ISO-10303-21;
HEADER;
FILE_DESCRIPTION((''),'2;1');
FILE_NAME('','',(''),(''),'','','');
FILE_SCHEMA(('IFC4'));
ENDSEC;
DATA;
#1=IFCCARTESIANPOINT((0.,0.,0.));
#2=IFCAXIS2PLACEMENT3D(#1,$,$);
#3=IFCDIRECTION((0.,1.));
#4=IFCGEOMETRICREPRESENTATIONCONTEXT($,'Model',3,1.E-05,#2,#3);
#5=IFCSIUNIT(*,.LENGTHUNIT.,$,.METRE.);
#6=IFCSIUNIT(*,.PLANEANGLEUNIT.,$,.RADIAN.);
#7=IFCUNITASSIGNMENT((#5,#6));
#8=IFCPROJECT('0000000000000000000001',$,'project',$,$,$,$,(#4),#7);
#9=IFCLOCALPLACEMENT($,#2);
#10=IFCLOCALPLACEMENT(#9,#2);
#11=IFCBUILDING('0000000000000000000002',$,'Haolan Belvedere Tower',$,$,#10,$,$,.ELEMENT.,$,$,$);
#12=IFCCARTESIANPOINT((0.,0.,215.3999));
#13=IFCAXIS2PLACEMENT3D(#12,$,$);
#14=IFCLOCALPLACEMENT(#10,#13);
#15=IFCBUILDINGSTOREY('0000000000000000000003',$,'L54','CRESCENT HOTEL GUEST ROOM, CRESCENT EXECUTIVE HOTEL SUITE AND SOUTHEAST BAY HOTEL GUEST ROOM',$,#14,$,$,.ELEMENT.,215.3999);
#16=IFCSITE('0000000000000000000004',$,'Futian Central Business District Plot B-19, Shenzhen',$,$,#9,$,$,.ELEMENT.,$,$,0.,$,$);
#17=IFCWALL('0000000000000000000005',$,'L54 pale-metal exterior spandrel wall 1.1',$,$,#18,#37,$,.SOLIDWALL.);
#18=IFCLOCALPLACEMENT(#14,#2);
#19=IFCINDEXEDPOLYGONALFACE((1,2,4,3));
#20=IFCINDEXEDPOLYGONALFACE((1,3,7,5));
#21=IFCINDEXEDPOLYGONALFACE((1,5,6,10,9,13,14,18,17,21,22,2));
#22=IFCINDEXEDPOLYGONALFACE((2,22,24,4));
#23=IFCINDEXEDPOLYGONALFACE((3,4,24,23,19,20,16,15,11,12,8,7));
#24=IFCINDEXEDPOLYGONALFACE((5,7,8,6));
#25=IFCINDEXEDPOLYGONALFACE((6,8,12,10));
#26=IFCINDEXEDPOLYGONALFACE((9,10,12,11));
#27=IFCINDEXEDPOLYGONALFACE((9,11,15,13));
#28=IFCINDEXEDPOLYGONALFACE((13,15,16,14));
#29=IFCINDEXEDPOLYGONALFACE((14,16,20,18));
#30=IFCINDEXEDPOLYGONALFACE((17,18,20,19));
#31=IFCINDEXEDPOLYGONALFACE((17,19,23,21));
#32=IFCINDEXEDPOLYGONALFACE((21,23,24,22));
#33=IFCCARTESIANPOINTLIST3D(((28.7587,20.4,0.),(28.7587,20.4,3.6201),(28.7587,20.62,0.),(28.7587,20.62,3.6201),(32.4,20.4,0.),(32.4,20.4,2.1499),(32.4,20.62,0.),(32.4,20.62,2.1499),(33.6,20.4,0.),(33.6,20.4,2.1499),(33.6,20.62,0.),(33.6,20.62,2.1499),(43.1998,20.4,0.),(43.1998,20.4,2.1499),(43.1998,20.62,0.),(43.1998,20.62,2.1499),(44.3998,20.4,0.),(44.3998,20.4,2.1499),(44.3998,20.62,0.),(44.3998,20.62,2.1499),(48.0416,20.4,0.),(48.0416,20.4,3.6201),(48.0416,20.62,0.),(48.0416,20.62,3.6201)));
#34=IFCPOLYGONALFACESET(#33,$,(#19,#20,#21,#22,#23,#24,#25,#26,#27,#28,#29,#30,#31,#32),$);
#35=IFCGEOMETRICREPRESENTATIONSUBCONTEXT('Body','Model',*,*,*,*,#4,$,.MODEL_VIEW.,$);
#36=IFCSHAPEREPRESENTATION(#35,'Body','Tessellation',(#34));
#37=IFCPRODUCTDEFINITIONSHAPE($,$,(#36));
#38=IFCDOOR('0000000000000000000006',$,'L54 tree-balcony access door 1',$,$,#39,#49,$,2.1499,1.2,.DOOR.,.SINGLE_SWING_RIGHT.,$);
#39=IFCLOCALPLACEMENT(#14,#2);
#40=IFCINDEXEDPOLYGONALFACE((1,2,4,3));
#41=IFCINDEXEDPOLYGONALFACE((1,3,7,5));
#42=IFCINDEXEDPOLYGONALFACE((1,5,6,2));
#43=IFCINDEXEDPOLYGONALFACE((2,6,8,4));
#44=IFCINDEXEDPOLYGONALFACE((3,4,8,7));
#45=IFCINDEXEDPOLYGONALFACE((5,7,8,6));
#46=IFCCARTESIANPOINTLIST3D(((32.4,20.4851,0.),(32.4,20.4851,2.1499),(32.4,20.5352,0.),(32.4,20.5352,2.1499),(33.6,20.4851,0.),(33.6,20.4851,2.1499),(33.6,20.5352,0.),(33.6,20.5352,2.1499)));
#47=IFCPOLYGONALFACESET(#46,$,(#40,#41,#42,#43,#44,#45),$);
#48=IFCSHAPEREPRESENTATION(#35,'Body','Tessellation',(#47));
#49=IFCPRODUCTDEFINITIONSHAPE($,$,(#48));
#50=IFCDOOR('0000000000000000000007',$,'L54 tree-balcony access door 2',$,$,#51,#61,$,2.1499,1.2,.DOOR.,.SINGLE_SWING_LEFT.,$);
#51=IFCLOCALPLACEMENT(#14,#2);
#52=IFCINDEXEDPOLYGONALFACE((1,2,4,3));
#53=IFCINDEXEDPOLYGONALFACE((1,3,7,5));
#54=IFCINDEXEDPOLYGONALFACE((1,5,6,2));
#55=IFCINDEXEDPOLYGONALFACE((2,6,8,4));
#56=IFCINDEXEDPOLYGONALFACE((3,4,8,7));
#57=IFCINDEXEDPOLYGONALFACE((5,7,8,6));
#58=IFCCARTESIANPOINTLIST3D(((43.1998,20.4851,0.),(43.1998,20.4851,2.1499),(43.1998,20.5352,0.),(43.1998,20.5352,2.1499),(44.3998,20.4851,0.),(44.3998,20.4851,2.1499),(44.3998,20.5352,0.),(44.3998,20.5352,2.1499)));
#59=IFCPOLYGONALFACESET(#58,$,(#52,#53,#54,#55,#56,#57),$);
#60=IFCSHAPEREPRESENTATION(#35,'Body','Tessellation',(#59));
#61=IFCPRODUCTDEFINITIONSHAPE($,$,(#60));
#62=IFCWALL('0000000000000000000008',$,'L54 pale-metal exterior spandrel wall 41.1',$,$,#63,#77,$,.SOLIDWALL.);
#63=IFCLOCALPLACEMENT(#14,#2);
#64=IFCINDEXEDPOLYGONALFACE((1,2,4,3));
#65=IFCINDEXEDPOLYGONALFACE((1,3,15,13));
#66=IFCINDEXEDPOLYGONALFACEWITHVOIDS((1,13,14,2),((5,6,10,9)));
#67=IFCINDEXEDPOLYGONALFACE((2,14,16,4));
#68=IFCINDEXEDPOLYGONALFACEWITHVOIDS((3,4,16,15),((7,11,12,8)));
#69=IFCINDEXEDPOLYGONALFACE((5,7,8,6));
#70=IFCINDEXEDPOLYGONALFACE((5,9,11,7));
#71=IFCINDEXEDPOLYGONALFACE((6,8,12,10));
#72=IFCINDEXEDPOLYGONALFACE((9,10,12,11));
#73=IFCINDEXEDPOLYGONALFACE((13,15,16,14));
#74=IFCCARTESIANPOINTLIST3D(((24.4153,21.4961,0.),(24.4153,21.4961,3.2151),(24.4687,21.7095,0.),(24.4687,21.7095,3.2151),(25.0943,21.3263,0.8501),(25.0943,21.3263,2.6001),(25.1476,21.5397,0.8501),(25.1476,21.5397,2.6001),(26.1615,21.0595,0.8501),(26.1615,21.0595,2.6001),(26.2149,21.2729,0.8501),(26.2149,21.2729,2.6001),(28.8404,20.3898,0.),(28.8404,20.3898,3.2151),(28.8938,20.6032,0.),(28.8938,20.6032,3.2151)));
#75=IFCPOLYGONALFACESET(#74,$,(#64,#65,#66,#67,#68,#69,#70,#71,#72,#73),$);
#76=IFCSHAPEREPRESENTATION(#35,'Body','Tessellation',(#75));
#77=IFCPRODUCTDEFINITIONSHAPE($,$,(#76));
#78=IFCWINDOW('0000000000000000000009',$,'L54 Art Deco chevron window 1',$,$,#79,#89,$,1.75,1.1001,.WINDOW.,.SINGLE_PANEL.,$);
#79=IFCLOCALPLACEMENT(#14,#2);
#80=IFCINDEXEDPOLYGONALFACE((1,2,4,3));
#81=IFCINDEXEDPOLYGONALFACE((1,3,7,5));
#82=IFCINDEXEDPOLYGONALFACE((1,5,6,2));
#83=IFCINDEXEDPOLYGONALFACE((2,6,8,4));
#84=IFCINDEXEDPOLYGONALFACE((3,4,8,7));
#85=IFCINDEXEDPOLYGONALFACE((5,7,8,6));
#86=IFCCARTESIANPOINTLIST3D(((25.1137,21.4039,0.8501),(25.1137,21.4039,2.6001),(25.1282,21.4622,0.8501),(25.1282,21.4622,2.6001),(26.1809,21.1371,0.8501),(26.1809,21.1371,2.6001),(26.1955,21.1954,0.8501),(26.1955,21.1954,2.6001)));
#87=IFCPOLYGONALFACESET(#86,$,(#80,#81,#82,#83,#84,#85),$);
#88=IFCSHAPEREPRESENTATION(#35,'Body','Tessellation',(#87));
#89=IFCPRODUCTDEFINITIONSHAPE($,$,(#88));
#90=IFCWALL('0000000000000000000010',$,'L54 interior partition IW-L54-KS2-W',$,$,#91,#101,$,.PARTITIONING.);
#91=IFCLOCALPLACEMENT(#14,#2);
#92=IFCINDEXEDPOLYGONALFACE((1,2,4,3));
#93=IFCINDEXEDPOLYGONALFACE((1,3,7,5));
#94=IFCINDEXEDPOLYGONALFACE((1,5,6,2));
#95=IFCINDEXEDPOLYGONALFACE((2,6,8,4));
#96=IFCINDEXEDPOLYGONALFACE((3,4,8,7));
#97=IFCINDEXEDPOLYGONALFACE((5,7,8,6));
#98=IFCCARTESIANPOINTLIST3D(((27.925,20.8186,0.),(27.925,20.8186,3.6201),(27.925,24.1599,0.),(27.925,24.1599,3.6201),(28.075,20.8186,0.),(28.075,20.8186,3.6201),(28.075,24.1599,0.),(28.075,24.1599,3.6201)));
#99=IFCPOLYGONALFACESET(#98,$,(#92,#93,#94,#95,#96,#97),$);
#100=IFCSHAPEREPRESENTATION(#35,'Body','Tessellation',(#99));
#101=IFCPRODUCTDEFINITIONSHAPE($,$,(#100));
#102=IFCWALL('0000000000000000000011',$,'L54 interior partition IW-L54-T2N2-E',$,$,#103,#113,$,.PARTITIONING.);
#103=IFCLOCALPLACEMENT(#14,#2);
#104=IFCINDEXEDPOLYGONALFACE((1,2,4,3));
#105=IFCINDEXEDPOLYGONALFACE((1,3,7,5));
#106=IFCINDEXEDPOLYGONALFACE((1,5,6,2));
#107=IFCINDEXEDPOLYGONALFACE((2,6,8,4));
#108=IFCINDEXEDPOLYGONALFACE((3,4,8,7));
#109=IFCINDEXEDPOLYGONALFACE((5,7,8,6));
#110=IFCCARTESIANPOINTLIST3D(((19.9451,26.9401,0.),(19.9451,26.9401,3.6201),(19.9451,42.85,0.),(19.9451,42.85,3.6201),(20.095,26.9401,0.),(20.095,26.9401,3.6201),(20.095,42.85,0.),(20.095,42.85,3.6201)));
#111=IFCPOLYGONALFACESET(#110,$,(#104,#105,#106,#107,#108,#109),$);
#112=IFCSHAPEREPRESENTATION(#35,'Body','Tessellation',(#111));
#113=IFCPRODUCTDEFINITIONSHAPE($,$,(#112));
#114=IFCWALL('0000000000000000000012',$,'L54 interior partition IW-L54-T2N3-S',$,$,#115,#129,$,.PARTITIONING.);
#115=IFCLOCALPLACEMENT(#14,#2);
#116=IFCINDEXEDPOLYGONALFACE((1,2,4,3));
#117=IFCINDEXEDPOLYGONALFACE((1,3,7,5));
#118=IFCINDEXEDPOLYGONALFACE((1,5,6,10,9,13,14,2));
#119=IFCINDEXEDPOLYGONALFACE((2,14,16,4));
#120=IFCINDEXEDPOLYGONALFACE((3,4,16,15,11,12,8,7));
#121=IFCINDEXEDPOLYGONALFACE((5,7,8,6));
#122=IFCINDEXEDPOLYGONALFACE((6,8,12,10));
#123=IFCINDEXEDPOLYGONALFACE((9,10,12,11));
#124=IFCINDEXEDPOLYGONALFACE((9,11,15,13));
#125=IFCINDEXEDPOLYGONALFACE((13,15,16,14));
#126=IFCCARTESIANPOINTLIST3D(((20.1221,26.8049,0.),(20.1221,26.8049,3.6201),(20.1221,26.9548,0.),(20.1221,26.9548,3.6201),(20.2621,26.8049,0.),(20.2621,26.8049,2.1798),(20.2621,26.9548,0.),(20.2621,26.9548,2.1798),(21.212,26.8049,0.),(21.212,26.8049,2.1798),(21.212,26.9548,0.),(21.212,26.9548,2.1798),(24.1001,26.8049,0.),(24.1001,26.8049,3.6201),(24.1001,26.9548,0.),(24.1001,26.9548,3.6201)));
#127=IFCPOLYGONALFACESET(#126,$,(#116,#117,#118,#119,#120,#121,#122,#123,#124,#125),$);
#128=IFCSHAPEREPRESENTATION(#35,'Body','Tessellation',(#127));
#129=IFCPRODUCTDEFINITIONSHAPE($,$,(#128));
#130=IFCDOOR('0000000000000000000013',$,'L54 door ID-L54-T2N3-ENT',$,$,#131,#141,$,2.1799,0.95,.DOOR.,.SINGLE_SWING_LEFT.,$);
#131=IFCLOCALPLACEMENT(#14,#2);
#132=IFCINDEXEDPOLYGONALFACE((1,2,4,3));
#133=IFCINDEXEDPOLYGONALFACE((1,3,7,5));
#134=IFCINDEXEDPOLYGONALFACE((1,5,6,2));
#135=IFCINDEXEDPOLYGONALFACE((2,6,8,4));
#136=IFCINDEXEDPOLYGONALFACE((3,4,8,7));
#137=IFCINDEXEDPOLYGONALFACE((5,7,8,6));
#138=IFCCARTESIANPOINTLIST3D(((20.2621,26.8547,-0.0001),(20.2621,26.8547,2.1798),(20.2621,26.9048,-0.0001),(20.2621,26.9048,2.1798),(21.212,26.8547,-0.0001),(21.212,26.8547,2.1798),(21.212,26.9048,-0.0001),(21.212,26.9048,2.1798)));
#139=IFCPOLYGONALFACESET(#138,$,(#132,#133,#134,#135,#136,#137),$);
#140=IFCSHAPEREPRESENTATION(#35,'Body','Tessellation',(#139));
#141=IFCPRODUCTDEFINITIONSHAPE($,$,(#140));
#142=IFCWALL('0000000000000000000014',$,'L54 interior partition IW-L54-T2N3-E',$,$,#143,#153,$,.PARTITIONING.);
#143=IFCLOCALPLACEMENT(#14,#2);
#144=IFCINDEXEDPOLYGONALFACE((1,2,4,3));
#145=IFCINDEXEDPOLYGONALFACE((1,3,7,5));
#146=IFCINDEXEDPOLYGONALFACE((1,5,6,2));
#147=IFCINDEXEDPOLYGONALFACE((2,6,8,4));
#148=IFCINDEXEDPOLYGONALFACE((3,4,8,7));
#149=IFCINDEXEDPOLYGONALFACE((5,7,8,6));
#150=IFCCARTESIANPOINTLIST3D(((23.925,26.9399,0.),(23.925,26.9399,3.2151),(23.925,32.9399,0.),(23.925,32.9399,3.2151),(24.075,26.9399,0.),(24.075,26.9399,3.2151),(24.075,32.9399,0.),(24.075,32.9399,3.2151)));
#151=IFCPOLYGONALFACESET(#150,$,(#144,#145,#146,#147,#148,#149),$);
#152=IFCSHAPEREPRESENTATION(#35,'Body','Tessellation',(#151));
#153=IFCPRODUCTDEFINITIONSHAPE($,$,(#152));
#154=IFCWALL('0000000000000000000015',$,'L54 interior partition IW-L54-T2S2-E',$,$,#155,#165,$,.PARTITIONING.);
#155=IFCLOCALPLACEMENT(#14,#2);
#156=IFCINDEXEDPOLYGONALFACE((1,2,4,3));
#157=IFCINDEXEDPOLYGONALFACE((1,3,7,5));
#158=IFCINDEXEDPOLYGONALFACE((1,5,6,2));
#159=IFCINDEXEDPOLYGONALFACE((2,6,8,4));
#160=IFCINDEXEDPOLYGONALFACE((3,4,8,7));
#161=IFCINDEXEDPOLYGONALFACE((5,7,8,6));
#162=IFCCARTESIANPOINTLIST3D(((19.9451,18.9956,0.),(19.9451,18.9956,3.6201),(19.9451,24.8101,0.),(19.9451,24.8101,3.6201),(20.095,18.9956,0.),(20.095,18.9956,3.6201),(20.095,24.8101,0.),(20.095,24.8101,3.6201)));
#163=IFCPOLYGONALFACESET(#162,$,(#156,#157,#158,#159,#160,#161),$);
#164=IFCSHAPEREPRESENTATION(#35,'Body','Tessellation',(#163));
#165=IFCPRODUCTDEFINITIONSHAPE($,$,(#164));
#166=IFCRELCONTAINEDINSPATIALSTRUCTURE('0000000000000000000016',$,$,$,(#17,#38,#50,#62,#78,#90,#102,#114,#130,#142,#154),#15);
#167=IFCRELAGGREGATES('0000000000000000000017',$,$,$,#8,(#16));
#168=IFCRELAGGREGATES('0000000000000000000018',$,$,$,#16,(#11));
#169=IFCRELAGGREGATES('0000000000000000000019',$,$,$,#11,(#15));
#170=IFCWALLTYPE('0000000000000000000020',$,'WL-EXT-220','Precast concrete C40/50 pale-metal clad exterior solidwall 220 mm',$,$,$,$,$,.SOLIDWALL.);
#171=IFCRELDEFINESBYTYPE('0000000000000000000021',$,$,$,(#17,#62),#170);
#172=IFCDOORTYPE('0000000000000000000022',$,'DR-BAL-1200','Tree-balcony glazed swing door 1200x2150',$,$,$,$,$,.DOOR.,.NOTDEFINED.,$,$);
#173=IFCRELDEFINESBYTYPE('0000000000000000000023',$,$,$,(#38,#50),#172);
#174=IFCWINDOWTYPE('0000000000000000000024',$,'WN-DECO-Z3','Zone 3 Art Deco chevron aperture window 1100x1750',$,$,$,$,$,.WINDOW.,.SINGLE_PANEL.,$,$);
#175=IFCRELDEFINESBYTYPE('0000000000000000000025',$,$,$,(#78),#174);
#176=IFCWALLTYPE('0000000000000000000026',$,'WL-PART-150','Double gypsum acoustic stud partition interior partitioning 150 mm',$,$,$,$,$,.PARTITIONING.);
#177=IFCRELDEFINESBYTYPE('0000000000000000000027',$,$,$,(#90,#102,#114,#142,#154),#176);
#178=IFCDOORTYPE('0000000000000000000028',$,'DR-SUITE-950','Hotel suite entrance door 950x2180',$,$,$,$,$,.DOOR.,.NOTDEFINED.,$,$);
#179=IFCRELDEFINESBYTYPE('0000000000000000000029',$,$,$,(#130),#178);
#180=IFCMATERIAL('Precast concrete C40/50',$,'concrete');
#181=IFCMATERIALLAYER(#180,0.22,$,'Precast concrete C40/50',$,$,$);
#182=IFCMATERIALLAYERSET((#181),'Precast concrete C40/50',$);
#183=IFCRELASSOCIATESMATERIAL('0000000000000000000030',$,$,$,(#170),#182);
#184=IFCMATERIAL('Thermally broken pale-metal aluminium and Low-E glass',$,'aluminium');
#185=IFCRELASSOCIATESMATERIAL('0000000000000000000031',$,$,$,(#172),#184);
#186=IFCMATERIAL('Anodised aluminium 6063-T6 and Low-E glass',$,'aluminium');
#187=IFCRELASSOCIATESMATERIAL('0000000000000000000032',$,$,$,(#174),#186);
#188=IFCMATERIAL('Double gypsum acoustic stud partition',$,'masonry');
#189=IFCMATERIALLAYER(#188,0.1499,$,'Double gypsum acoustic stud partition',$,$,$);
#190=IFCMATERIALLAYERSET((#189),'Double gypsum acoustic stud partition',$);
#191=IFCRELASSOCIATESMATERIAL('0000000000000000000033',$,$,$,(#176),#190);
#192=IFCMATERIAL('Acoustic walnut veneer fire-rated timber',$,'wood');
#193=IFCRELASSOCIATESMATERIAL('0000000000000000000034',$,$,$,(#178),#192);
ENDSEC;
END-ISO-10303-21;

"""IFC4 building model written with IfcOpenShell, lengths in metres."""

from ifc_helpers import new_model, si_unit, direction, frame, frame_2d, origin, place, context, subcontext, project, spatial, rectangle, extrude, material, layer, layer_set, type_object, element, fill, save


model = new_model("IFC4")

# Units and contexts
model_context = context("Model", 3, precision=1e-05, world=origin(), true_north=direction((0.0, 1.0)))
body_context = subcontext(model_context, "Body", "Model", "MODEL_VIEW")
ifc_project = project(units=[si_unit("LENGTHUNIT", "METRE"), si_unit("PLANEANGLEUNIT", "RADIAN")], contexts=[model_context])

# Site, building, storey
site_placement = place(None, origin())
site = spatial("IfcSite", under=ifc_project, at=site_placement, Name="Futian Central Business District Plot B-19, Shenzhen", CompositionType="ELEMENT", RefElevation=0.0)
building_placement = place(site_placement, origin())
building = spatial("IfcBuilding", under=site, at=building_placement, Name="Haolan Belvedere Tower", CompositionType="ELEMENT")
storey_placement = place(building_placement, frame((0.0, 0.0, 215.3999)))
storey = spatial("IfcBuildingStorey", under=building, at=storey_placement, Name="L54", Description="CRESCENT HOTEL GUEST ROOM, CRESCENT EXECUTIVE HOTEL SUITE AND SOUTHEAST BAY HOTEL GUEST ROOM", CompositionType="ELEMENT", Elevation=215.3999)

# Wall, openings, doors
ifc_material_1 = material(Name="Precast concrete C40/50", Category="concrete")
ifc_layer_1 = layer(ifc_material_1, 0.22, Name="Precast concrete C40/50")
ifc_layer_set_1 = layer_set([ifc_layer_1], Name="Precast concrete C40/50")
wall_type_1 = type_object("IfcWallType", Name="WL-EXT-220", Description="Precast concrete C40/50 pale-metal clad exterior solidwall 220 mm", PredefinedType="SOLIDWALL", material=ifc_layer_set_1)
wall_1_placement = place(storey_placement, frame((28.7585, 20.51, 0.0), z_axis=(0.0, 0.0, 1.0), x_axis=(1.0, 0.0, 0.0)))
wall_1 = element("IfcWall", 1, at=wall_1_placement, inside=storey, type_object=wall_type_1, Name="L54 pale-metal exterior spandrel wall 1.1", PredefinedType="SOLIDWALL", context=body_context, shape_type="SweptSolid", body=[
    extrude(rectangle(XDim=19.283, YDim=0.22, at=frame_2d((9.6416, 0.0))), origin(), (0.0, 0.0, 1.0), 3.6201),
])
opening_1_placement = place(wall_1_placement, frame((4.8416, 0.0, 0.0), z_axis=(0.0, 0.0, 1.0), x_axis=(-1.0, 0.0, 0.0)))
opening_1 = element("IfcOpeningElement", 2, at=opening_1_placement, cuts=wall_1, PredefinedType="OPENING", context=body_context, shape_type="SweptSolid", body=[
    extrude(rectangle(XDim=1.2, YDim=2.1499, at=frame_2d((0.6001, 1.075))), frame((0.0, 0.1199, 0.0), z_axis=(0.0, -1.0, 0.0), x_axis=(1.0, 0.0, 0.0)), (0.0, 0.0, 1.0), 0.24),
])
opening_2_placement = place(wall_1_placement, frame((15.6414, 0.0, 0.0), z_axis=(0.0, 0.0, 1.0), x_axis=(-1.0, 0.0, 0.0)))
opening_2 = element("IfcOpeningElement", 3, at=opening_2_placement, cuts=wall_1, PredefinedType="OPENING", context=body_context, shape_type="SweptSolid", body=[
    extrude(rectangle(XDim=1.2, YDim=2.1499, at=frame_2d((0.6001, 1.075))), frame((0.0, 0.1199, 0.0), z_axis=(0.0, -1.0, 0.0), x_axis=(1.0, 0.0, 0.0)), (0.0, 0.0, 1.0), 0.24),
])
ifc_material_2 = material(Name="Thermally broken pale-metal aluminium and Low-E glass", Category="aluminium")
door_type_1 = type_object("IfcDoorType", Name="DR-BAL-1200", Description="Tree-balcony glazed swing door 1200x2150", OperationType="NOTDEFINED", PredefinedType="DOOR", material=ifc_material_2)
door_1_placement = place(opening_1_placement, origin())
door_1 = element("IfcDoor", 4, at=door_1_placement, inside=storey, type_object=door_type_1, Name="L54 tree-balcony access door 1", OperationType="SINGLE_SWING_RIGHT", OverallHeight=2.1499, OverallWidth=1.2, PredefinedType="DOOR", context=body_context, shape_type="SweptSolid", body=[
    extrude(rectangle(XDim=1.2, YDim=2.1499, at=frame_2d((0.6001, 1.075))), frame((0.0, 0.0249, 0.0), z_axis=(0.0, -1.0, 0.0), x_axis=(1.0, 0.0, 0.0)), (0.0, 0.0, 1.0), 0.05),
])
fill(opening_1, door_1)
door_2_placement = place(opening_2_placement, origin())
door_2 = element("IfcDoor", 5, at=door_2_placement, inside=storey, type_object=door_type_1, Name="L54 tree-balcony access door 2", OperationType="SINGLE_SWING_LEFT", OverallHeight=2.1499, OverallWidth=1.2, PredefinedType="DOOR", context=body_context, shape_type="SweptSolid", body=[
    extrude(rectangle(XDim=1.2, YDim=2.1499, at=frame_2d((0.6001, 1.075))), frame((0.0, 0.0249, 0.0), z_axis=(0.0, -1.0, 0.0), x_axis=(1.0, 0.0, 0.0)), (0.0, 0.0, 1.0), 0.05),
])
fill(opening_2, door_2)

# Wall, opening, window
wall_2_placement = place(storey_placement, frame((24.4419, 21.6028, 0.0), z_axis=(0.0, 0.0, 1.0), x_axis=(0.970146, -0.242523, 0.0)))
wall_2 = element("IfcWall", 6, at=wall_2_placement, inside=storey, type_object=wall_type_1, Name="L54 pale-metal exterior spandrel wall 41.1", PredefinedType="SOLIDWALL", context=body_context, shape_type="SweptSolid", body=[
    extrude(rectangle(XDim=4.5613, YDim=0.22, at=frame_2d((2.2808, 0.0))), origin(), (0.0, 0.0, 1.0), 3.2151),
])
opening_3_placement = place(wall_2_placement, frame((0.7, 0.0, 0.8501)))
opening_3 = element("IfcOpeningElement", 7, at=opening_3_placement, cuts=wall_2, PredefinedType="OPENING", context=body_context, shape_type="SweptSolid", body=[
    extrude(rectangle(XDim=1.1001, YDim=1.75, at=frame_2d((0.55, 0.875))), frame((0.0, 0.1199, 0.0), z_axis=(0.0, -1.0, 0.0), x_axis=(1.0, 0.0, 0.0)), (0.0, 0.0, 1.0), 0.24),
])
ifc_material_3 = material(Name="Anodised aluminium 6063-T6 and Low-E glass", Category="aluminium")
window_type = type_object("IfcWindowType", Name="WN-DECO-Z3", Description="Zone 3 Art Deco chevron aperture window 1100x1750", PartitioningType="SINGLE_PANEL", PredefinedType="WINDOW", material=ifc_material_3)
window_placement = place(opening_3_placement, origin())
window = element("IfcWindow", 8, at=window_placement, inside=storey, type_object=window_type, Name="L54 Art Deco chevron window 1", OverallHeight=1.75, OverallWidth=1.1001, PartitioningType="SINGLE_PANEL", PredefinedType="WINDOW", context=body_context, shape_type="SweptSolid", body=[
    extrude(rectangle(XDim=1.1001, YDim=1.75, at=frame_2d((0.55, 0.875))), frame((0.0, 0.03, 0.0), z_axis=(0.0, -1.0, 0.0), x_axis=(1.0, 0.0, 0.0)), (0.0, 0.0, 1.0), 0.0601),
])
fill(opening_3, window)

# Shared definitions
ifc_material_4 = material(Name="Double gypsum acoustic stud partition", Category="masonry")
ifc_layer_2 = layer(ifc_material_4, 0.1499, Name="Double gypsum acoustic stud partition")
ifc_layer_set_2 = layer_set([ifc_layer_2], Name="Double gypsum acoustic stud partition")
wall_type_2 = type_object("IfcWallType", Name="WL-PART-150", Description="Double gypsum acoustic stud partition interior partitioning 150 mm", PredefinedType="PARTITIONING", material=ifc_layer_set_2)

# Walls
wall_3_placement = place(storey_placement, frame((28.0, 20.8186, 0.0), z_axis=(0.0, 0.0, 1.0), x_axis=(0.0, 1.0, 0.0)))
element("IfcWall", 9, at=wall_3_placement, inside=storey, type_object=wall_type_2, Name="L54 interior partition IW-L54-KS2-W", PredefinedType="PARTITIONING", context=body_context, shape_type="SweptSolid", body=[
    extrude(rectangle(XDim=3.3413, YDim=0.1499, at=frame_2d((1.6707, 0.0))), origin(), (0.0, 0.0, 1.0), 3.6201),
])
wall_4_placement = place(storey_placement, frame((20.02, 26.9399, 0.0), z_axis=(0.0, 0.0, 1.0), x_axis=(0.0, 1.0, 0.0)))
element("IfcWall", 10, at=wall_4_placement, inside=storey, type_object=wall_type_2, Name="L54 interior partition IW-L54-T2N2-E", PredefinedType="PARTITIONING", context=body_context, shape_type="SweptSolid", body=[
    extrude(rectangle(XDim=15.9099, YDim=0.1499, at=frame_2d((7.9551, 0.0))), origin(), (0.0, 0.0, 1.0), 3.6201),
])

# Wall, opening, door
wall_5_placement = place(storey_placement, frame((20.1221, 26.8799, 0.0), z_axis=(0.0, 0.0, 1.0), x_axis=(1.0, 0.0, 0.0)))
wall_5 = element("IfcWall", 11, at=wall_5_placement, inside=storey, type_object=wall_type_2, Name="L54 interior partition IW-L54-T2N3-S", PredefinedType="PARTITIONING", context=body_context, shape_type="SweptSolid", body=[
    extrude(rectangle(XDim=3.978, YDim=0.1499, at=frame_2d((1.989, 0.0))), origin(), (0.0, 0.0, 1.0), 3.6201),
])
opening_4_placement = place(wall_5_placement, frame((0.1399, 0.0, 0.0)))
opening_4 = element("IfcOpeningElement", 12, at=opening_4_placement, cuts=wall_5, PredefinedType="OPENING", context=body_context, shape_type="SweptSolid", body=[
    extrude(rectangle(XDim=0.95, YDim=2.1799, at=frame_2d((0.4751, 1.0898))), frame((0.0, 0.085, 0.0), z_axis=(0.0, -1.0, 0.0), x_axis=(1.0, 0.0, 0.0)), (0.0, 0.0, 1.0), 0.1699),
])
ifc_material_5 = material(Name="Acoustic walnut veneer fire-rated timber", Category="wood")
door_type_2 = type_object("IfcDoorType", Name="DR-SUITE-950", Description="Hotel suite entrance door 950x2180", OperationType="NOTDEFINED", PredefinedType="DOOR", material=ifc_material_5)
door_3_placement = place(opening_4_placement, origin())
door_3 = element("IfcDoor", 13, at=door_3_placement, inside=storey, type_object=door_type_2, Name="L54 door ID-L54-T2N3-ENT", OperationType="SINGLE_SWING_LEFT", OverallHeight=2.1799, OverallWidth=0.95, PredefinedType="DOOR", context=body_context, shape_type="SweptSolid", body=[
    extrude(rectangle(XDim=0.95, YDim=2.1799, at=frame_2d((0.4751, 1.0898))), frame((0.0, 0.0249, 0.0), z_axis=(0.0, -1.0, 0.0), x_axis=(1.0, 0.0, 0.0)), (0.0, 0.0, 1.0), 0.05),
])
fill(opening_4, door_3)

# Walls
wall_6_placement = place(storey_placement, frame((24.0, 26.9399, 0.0), z_axis=(0.0, 0.0, 1.0), x_axis=(0.0, 1.0, 0.0)))
element("IfcWall", 14, at=wall_6_placement, inside=storey, type_object=wall_type_2, Name="L54 interior partition IW-L54-T2N3-E", PredefinedType="PARTITIONING", context=body_context, shape_type="SweptSolid", body=[
    extrude(rectangle(XDim=6.0, YDim=0.1499, at=frame_2d((3.0, 0.0))), origin(), (0.0, 0.0, 1.0), 3.2151),
])
wall_7_placement = place(storey_placement, frame((20.02, 18.9956, 0.0), z_axis=(0.0, 0.0, 1.0), x_axis=(0.0, 1.0, 0.0)))
element("IfcWall", 15, at=wall_7_placement, inside=storey, type_object=wall_type_2, Name="L54 interior partition IW-L54-T2S2-E", PredefinedType="PARTITIONING", context=body_context, shape_type="SweptSolid", body=[
    extrude(rectangle(XDim=5.8145, YDim=0.1499, at=frame_2d((2.9072, 0.0))), origin(), (0.0, 0.0, 1.0), 3.6201),
])

save(model, "model.ifc")
